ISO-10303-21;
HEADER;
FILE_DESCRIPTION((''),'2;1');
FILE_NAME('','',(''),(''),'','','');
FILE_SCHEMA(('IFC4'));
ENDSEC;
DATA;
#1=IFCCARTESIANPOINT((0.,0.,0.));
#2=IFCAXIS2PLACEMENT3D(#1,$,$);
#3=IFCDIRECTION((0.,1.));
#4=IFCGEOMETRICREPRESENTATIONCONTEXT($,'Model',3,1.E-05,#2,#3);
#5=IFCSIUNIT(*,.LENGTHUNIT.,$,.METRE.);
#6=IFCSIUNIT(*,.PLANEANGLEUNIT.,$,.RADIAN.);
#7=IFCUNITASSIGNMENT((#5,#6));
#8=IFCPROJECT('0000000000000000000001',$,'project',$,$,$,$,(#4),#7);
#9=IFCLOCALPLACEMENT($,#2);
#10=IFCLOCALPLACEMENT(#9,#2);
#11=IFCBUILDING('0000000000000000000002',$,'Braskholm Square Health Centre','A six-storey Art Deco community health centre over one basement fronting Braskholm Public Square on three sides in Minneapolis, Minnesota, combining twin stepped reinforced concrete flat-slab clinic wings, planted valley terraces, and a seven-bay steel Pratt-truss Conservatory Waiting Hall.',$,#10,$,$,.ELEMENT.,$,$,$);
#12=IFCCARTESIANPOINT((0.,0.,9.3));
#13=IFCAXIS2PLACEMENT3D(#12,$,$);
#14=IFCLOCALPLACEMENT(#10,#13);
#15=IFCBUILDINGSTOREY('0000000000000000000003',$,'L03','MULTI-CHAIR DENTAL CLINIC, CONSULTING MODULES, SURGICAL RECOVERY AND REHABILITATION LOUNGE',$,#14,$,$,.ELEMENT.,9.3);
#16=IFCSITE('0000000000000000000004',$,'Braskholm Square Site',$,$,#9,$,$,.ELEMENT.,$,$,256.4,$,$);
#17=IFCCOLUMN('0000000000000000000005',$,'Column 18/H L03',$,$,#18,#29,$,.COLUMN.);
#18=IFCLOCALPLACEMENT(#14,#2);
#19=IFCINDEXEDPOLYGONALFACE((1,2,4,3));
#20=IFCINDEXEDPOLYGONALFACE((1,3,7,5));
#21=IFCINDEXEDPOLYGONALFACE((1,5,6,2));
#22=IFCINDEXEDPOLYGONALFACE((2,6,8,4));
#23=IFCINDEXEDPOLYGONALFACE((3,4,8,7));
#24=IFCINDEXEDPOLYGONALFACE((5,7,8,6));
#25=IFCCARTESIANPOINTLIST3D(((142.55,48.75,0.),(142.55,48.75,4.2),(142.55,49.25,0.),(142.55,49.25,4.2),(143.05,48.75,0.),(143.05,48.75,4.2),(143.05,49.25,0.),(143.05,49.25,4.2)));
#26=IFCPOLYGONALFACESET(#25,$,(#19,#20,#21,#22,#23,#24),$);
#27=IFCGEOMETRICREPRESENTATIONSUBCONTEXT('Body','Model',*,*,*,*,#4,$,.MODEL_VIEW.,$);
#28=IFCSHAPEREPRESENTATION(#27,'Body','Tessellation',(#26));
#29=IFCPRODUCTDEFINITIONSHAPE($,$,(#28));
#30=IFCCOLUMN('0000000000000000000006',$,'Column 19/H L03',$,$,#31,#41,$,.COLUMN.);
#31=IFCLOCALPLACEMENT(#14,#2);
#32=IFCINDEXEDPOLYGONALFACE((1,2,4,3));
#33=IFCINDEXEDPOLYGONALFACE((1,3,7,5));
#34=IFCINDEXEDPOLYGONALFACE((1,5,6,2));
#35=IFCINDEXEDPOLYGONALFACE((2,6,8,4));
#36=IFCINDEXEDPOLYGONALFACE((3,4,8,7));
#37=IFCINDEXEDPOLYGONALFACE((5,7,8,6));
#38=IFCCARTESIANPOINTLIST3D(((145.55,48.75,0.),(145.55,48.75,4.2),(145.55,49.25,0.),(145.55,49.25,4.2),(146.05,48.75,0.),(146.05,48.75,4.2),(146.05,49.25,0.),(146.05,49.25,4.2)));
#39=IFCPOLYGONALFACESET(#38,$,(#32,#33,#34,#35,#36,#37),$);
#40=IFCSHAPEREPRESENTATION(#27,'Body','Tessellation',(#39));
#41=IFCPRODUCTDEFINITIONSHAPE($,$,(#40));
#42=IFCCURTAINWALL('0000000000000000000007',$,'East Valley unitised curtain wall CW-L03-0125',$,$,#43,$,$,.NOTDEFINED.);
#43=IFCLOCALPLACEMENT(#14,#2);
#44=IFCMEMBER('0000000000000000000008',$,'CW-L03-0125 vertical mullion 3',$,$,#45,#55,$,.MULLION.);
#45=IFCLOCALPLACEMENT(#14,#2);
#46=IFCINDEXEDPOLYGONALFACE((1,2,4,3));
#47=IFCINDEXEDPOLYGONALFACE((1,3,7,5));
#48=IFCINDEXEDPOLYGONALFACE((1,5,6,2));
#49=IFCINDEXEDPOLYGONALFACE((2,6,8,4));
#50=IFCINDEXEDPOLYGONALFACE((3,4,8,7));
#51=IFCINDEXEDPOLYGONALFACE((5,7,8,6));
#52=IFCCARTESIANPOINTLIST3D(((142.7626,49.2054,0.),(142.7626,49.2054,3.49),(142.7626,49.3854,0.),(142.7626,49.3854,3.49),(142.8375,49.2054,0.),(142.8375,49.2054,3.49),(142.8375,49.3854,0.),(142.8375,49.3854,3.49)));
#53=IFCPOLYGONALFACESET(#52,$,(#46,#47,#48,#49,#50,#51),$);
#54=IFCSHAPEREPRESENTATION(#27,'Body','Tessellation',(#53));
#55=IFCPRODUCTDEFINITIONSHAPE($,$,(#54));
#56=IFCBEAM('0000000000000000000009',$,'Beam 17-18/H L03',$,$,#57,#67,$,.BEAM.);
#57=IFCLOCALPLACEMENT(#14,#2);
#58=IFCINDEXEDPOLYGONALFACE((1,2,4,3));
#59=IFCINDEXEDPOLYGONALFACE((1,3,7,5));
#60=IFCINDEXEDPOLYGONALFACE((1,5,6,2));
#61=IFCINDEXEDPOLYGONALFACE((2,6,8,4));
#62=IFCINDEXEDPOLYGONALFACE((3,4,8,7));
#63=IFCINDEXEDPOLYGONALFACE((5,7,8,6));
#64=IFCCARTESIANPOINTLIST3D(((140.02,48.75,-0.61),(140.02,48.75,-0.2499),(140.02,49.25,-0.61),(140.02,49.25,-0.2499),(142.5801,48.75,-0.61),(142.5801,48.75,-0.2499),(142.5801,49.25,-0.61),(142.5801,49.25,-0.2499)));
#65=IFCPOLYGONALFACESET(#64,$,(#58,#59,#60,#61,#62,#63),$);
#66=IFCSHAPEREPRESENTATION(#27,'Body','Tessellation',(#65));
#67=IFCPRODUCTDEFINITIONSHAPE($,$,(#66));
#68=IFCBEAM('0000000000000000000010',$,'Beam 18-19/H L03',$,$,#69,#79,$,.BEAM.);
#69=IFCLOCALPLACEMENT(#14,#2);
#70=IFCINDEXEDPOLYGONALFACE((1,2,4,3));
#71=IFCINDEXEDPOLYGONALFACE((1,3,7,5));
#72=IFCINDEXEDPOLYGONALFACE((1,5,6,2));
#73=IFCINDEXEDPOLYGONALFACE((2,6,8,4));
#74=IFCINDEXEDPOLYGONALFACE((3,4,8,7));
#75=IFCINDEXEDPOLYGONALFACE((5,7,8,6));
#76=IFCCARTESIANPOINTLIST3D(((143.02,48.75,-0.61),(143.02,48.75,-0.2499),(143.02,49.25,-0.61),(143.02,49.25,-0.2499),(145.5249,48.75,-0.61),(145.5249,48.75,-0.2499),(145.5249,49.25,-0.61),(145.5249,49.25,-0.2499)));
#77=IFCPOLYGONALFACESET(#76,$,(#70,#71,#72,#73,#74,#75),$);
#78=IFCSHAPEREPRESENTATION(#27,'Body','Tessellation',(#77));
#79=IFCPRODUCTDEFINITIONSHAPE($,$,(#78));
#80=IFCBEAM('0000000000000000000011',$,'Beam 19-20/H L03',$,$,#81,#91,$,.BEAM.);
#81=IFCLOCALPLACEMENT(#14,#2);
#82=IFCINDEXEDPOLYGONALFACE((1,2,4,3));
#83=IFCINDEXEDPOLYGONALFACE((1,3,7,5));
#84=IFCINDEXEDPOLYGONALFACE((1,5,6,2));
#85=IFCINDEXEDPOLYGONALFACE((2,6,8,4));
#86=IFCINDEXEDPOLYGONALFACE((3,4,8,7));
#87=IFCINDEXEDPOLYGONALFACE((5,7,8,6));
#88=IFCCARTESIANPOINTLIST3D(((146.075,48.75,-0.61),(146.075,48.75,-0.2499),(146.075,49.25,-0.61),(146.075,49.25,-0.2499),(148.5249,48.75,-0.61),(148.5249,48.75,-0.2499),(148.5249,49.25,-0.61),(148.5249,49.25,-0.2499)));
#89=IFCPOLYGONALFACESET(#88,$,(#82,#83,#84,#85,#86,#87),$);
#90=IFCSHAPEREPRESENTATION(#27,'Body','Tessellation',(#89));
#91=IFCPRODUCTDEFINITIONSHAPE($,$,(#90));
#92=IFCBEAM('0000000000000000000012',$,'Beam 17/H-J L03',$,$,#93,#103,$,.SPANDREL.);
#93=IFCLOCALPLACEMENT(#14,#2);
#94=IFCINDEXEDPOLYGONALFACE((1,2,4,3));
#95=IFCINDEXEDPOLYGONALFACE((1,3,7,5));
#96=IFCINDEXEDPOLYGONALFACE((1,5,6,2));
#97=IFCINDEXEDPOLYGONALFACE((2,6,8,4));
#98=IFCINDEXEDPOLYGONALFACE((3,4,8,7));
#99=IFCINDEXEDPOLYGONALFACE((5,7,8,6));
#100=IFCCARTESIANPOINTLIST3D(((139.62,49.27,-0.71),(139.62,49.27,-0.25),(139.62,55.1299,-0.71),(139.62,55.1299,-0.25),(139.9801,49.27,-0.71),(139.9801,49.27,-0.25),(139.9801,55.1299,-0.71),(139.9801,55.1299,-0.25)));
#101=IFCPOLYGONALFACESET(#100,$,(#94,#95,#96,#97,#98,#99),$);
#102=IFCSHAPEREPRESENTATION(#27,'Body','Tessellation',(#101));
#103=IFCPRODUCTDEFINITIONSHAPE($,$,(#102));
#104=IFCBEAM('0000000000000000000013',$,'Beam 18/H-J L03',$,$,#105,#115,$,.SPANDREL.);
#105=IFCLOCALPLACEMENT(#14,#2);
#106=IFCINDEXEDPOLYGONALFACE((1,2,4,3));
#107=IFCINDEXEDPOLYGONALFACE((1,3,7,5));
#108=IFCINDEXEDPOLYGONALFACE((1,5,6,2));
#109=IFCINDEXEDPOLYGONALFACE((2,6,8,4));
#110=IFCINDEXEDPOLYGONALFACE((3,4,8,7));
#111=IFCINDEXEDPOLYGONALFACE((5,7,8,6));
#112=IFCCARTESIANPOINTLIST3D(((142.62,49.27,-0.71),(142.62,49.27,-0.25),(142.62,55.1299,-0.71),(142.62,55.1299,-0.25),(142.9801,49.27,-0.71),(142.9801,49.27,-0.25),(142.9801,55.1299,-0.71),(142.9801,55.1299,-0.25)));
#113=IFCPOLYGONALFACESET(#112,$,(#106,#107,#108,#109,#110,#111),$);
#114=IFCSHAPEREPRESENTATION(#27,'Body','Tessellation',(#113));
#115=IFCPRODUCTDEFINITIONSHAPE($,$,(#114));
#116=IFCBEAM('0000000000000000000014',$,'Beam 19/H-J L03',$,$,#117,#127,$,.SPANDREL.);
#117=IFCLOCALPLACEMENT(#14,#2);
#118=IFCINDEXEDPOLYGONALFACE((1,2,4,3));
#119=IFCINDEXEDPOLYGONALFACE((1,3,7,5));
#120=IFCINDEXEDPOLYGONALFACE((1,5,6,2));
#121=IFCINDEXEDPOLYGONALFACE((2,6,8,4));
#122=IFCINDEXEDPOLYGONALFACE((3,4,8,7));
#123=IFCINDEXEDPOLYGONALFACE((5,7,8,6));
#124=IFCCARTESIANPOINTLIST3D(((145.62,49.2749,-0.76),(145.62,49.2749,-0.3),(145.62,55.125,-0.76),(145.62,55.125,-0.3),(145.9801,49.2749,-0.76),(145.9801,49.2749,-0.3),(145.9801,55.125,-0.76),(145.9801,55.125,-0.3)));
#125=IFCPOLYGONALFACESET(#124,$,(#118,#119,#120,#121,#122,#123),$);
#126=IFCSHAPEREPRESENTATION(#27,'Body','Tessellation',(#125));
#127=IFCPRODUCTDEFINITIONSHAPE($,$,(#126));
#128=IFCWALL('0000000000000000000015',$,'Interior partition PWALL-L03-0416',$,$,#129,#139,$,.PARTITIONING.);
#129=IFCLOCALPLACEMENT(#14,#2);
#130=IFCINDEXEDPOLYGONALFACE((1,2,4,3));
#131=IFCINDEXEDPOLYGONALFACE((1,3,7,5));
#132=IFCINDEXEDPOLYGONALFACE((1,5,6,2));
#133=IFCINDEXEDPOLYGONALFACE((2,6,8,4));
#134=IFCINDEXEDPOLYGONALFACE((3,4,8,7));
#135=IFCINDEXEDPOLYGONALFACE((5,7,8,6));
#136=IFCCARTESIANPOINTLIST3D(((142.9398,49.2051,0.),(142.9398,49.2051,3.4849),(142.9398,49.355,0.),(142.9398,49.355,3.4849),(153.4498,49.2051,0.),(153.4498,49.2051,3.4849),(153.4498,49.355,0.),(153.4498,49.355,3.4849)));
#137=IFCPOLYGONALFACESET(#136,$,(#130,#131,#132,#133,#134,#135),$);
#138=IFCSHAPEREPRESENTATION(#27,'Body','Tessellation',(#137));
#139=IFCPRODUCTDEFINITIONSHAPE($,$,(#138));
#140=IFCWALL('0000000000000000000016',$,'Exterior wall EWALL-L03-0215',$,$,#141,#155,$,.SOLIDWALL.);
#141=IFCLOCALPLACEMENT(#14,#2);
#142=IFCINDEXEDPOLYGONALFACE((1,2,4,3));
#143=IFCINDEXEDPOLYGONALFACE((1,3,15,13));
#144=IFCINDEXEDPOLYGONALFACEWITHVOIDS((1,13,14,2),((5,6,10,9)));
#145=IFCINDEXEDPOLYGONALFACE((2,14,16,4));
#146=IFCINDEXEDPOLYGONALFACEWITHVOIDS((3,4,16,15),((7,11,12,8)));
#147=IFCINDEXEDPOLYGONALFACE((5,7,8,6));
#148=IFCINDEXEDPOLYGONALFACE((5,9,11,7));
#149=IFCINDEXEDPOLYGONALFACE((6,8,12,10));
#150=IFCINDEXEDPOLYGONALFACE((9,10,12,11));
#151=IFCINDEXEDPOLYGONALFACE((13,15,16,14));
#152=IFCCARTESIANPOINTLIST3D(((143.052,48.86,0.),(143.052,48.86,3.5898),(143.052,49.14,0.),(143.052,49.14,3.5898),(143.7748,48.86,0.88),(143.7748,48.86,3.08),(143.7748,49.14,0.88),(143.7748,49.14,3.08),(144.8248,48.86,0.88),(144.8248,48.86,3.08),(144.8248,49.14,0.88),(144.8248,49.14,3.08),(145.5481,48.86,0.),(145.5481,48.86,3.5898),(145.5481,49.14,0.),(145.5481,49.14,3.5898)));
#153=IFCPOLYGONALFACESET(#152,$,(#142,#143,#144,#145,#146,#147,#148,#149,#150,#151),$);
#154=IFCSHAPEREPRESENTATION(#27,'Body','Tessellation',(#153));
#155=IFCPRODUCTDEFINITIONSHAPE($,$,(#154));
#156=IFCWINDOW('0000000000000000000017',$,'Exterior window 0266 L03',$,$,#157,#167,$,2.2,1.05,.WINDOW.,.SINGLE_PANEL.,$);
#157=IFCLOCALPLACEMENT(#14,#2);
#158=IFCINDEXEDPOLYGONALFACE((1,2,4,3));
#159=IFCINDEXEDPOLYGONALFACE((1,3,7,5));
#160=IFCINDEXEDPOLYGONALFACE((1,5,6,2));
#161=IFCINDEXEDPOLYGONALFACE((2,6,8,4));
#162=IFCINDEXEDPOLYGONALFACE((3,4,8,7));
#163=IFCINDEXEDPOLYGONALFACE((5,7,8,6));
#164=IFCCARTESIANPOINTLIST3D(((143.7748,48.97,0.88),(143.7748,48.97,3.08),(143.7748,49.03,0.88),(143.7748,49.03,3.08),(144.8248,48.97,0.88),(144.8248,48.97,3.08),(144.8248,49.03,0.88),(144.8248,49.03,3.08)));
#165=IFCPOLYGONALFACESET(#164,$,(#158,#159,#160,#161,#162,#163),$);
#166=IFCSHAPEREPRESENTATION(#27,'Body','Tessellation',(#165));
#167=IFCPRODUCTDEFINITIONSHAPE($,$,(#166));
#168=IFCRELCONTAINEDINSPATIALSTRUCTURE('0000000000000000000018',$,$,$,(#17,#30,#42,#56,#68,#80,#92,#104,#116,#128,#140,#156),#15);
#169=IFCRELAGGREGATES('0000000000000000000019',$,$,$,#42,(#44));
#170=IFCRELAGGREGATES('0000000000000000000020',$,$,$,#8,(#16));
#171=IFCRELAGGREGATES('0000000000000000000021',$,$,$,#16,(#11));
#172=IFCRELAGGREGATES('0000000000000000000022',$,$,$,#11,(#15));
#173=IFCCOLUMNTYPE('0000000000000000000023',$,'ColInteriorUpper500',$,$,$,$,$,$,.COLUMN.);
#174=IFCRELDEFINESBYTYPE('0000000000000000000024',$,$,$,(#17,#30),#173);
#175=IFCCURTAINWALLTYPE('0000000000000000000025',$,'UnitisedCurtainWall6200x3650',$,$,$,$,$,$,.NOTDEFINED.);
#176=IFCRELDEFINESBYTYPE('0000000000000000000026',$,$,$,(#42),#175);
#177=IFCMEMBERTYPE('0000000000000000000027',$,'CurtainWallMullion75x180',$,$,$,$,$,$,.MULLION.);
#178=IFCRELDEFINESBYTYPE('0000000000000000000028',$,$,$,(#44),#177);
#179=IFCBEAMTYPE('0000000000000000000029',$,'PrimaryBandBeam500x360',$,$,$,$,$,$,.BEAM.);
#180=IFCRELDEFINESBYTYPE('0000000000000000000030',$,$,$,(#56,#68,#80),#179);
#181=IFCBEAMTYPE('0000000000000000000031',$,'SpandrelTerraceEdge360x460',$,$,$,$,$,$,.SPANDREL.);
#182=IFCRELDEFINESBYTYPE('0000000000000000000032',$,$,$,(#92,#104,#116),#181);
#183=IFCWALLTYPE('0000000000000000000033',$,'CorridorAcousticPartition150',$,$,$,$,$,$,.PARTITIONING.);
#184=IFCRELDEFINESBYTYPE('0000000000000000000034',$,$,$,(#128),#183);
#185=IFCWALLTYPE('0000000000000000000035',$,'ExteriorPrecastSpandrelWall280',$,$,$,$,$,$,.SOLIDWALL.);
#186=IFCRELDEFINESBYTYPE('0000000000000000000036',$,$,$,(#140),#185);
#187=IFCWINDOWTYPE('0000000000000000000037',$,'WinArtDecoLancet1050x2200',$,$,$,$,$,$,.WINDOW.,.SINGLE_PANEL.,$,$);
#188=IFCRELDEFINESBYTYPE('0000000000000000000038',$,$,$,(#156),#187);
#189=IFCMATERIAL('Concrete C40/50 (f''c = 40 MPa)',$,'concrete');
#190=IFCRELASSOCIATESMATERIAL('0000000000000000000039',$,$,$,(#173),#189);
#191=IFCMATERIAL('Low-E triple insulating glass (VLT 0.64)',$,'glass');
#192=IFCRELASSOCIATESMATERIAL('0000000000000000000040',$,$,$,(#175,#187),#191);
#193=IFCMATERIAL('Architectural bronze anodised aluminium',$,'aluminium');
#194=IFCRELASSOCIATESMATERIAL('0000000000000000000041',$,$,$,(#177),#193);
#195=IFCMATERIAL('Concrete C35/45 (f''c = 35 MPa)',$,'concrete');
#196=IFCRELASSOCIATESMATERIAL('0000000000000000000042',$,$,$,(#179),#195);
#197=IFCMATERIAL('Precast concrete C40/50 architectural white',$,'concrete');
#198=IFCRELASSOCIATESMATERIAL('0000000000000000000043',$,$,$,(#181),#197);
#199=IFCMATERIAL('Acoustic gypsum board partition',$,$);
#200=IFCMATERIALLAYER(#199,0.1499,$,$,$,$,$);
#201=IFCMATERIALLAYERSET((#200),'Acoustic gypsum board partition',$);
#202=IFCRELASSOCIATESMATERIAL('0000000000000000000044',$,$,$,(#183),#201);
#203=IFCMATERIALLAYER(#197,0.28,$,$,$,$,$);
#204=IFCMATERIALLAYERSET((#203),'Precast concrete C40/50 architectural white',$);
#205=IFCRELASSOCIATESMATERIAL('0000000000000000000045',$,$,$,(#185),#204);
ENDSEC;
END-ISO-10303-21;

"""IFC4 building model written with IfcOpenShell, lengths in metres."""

from ifc_helpers import new_model, si_unit, direction, frame, frame_2d, origin, origin_with_axes, origin_2d, place, context, subcontext, project, spatial, rectangle, extrude, material, layer, layer_set, material_profile, profile_set, type_object, element, fill, aggregate, save


model = new_model("IFC4")

# Units and contexts
model_context = context("Model", 3, precision=1e-05, world=origin(), true_north=direction((0.0, 1.0)))
body_context = subcontext(model_context, "Body", "Model", "MODEL_VIEW")
ifc_project = project(units=[si_unit("LENGTHUNIT", "METRE"), si_unit("PLANEANGLEUNIT", "RADIAN")], contexts=[model_context])

# Site, building, storey
site_placement = place(None, origin())
site = spatial("IfcSite", under=ifc_project, at=site_placement, Name="Braskholm Square Site", CompositionType="ELEMENT", RefElevation=256.4)
building_placement = place(site_placement, origin())
building = spatial("IfcBuilding", under=site, at=building_placement, Name="Braskholm Square Health Centre", Description="A six-storey Art Deco community health centre over one basement fronting Braskholm Public Square on three sides in Minneapolis, Minnesota, combining twin stepped reinforced concrete flat-slab clinic wings, planted valley terraces, and a seven-bay steel Pratt-truss Conservatory Waiting Hall.", CompositionType="ELEMENT")
storey_placement = place(building_placement, frame((0.0, 0.0, 9.3)))
storey = spatial("IfcBuildingStorey", under=building, at=storey_placement, Name="L03", Description="MULTI-CHAIR DENTAL CLINIC, CONSULTING MODULES, SURGICAL RECOVERY AND REHABILITATION LOUNGE", CompositionType="ELEMENT", Elevation=9.3)

# Columns
ifc_material_1 = material(Name="Concrete C40/50 (f'c = 40 MPa)", Category="concrete")
ifc_material_profile_1 = material_profile(ifc_material_1, rectangle(XDim=0.5, YDim=0.5, at=origin_2d()), Name="RC-500X500")
ifc_profile_set_1 = profile_set([ifc_material_profile_1], Name="Concrete C40/50 (f'c = 40 MPa)")
column_type = type_object("IfcColumnType", Name="ColInteriorUpper500", PredefinedType="COLUMN", material=ifc_profile_set_1)
for number, where, z_axis, x_axis, name in (
    (1, (142.8, 49.0, 0.0), (0.0, 0.0, 1.0), (1.0, 0.0, 0.0), "Column 18/H L03"),
    (2, (145.8, 49.0, 0.0), (0.0, 0.0, 1.0), (1.0, 0.0, 0.0), "Column 19/H L03"),
):
    element("IfcColumn", number, at=place(storey_placement, frame(where, z_axis=z_axis, x_axis=x_axis)), inside=storey, type_object=column_type, Name=name, PredefinedType="COLUMN", context=body_context, shape_type="SweptSolid", body=[
        extrude(rectangle(XDim=0.5, YDim=0.5, at=origin_2d()), origin(), (0.0, 0.0, 1.0), 4.2),
    ])

# Curtain wall, member
ifc_material_2 = material(Name="Low-E triple insulating glass (VLT 0.64)", Category="glass")
curtain_wall_type = type_object("IfcCurtainWallType", Name="UnitisedCurtainWall6200x3650", PredefinedType="NOTDEFINED", material=ifc_material_2)
curtain_wall_placement = place(storey_placement, origin())
curtain_wall = element("IfcCurtainWall", 3, at=curtain_wall_placement, inside=storey, type_object=curtain_wall_type, Name="East Valley unitised curtain wall CW-L03-0125", PredefinedType="NOTDEFINED")
ifc_material_3 = material(Name="Architectural bronze anodised aluminium", Category="aluminium")
ifc_material_profile_2 = material_profile(ifc_material_3, rectangle(XDim=0.075, YDim=0.1799, at=origin_2d()), Name="ALU-75X180")
ifc_profile_set_2 = profile_set([ifc_material_profile_2], Name="Architectural bronze anodised aluminium")
member_type = type_object("IfcMemberType", Name="CurtainWallMullion75x180", PredefinedType="MULLION", material=ifc_profile_set_2)
member_placement = place(storey_placement, frame((142.8, 49.2954, 0.0), z_axis=(0.0, 0.0, 1.0), x_axis=(1.0, 0.0, 0.0)))
member = element("IfcMember", 4, at=member_placement, type_object=member_type, Name="CW-L03-0125 vertical mullion 3", PredefinedType="MULLION", context=body_context, shape_type="SweptSolid", body=[
    extrude(rectangle(XDim=0.075, YDim=0.1799, at=origin_2d()), origin(), (0.0, 0.0, 1.0), 3.49),
])
aggregate(curtain_wall, [member])

# Beams
ifc_material_4 = material(Name="Concrete C35/45 (f'c = 35 MPa)", Category="concrete")
ifc_material_profile_3 = material_profile(ifc_material_4, rectangle(XDim=0.5, YDim=0.3601, at=origin_2d()), Name="RCB-500X360")
ifc_profile_set_3 = profile_set([ifc_material_profile_3], Name="Concrete C35/45 (f'c = 35 MPa)")
beam_type_1 = type_object("IfcBeamType", Name="PrimaryBandBeam500x360", PredefinedType="BEAM", material=ifc_profile_set_3)
beam_1_placement = place(storey_placement, frame((140.02, 49.0, -0.4299), z_axis=(1.0, 0.0, 0.0), x_axis=(0.0, 1.0, 0.0)))
element("IfcBeam", 5, at=beam_1_placement, inside=storey, type_object=beam_type_1, Name="Beam 17-18/H L03", PredefinedType="BEAM", context=body_context, shape_type="SweptSolid", body=[
    extrude(rectangle(XDim=0.5, YDim=0.3601, at=origin_2d()), origin(), (0.0, 0.0, 1.0), 2.5601),
])
beam_2_placement = place(storey_placement, frame((143.02, 49.0, -0.4299), z_axis=(1.0, 0.0, 0.0), x_axis=(0.0, 1.0, 0.0)))
element("IfcBeam", 6, at=beam_2_placement, inside=storey, type_object=beam_type_1, Name="Beam 18-19/H L03", PredefinedType="BEAM", context=body_context, shape_type="SweptSolid", body=[
    extrude(rectangle(XDim=0.5, YDim=0.3601, at=origin_2d()), origin(), (0.0, 0.0, 1.0), 2.5049),
])
beam_3_placement = place(storey_placement, frame((146.075, 49.0, -0.4299), z_axis=(1.0, 0.0, 0.0), x_axis=(0.0, 1.0, 0.0)))
element("IfcBeam", 7, at=beam_3_placement, inside=storey, type_object=beam_type_1, Name="Beam 19-20/H L03", PredefinedType="BEAM", context=body_context, shape_type="SweptSolid", body=[
    extrude(rectangle(XDim=0.5, YDim=0.3601, at=origin_2d()), origin(), (0.0, 0.0, 1.0), 2.45),
])
ifc_material_5 = material(Name="Precast concrete C40/50 architectural white", Category="concrete")
ifc_material_profile_4 = material_profile(ifc_material_5, rectangle(XDim=0.3601, YDim=0.46, at=origin_2d()), Name="RCB-360X460")
ifc_profile_set_4 = profile_set([ifc_material_profile_4], Name="Precast concrete C40/50 architectural white")
beam_type_2 = type_object("IfcBeamType", Name="SpandrelTerraceEdge360x460", PredefinedType="SPANDREL", material=ifc_profile_set_4)
for number, where, z_axis, x_axis, name in (
    (8, (139.8, 49.27, -0.48), (0.0, 1.0, 0.0), (-1.0, 0.0, 0.0), "Beam 17/H-J L03"),
    (9, (142.8, 49.27, -0.48), (0.0, 1.0, 0.0), (-1.0, 0.0, 0.0), "Beam 18/H-J L03"),
):
    element("IfcBeam", number, at=place(storey_placement, frame(where, z_axis=z_axis, x_axis=x_axis)), inside=storey, type_object=beam_type_2, Name=name, PredefinedType="SPANDREL", context=body_context, shape_type="SweptSolid", body=[
        extrude(rectangle(XDim=0.3601, YDim=0.46, at=origin_2d()), origin(), (0.0, 0.0, 1.0), 5.8599),
    ])
beam_4_placement = place(storey_placement, frame((145.8, 49.2749, -0.53), z_axis=(0.0, 1.0, 0.0), x_axis=(-1.0, 0.0, 0.0)))
element("IfcBeam", 10, at=beam_4_placement, inside=storey, type_object=beam_type_2, Name="Beam 19/H-J L03", PredefinedType="SPANDREL", context=body_context, shape_type="SweptSolid", body=[
    extrude(rectangle(XDim=0.3601, YDim=0.46, at=origin_2d()), origin(), (0.0, 0.0, 1.0), 5.8501),
])

# Wall
ifc_material_6 = material(Name="Acoustic gypsum board partition")
ifc_layer_1 = layer(ifc_material_6, 0.1499)
ifc_layer_set_1 = layer_set([ifc_layer_1], Name="Acoustic gypsum board partition")
wall_type_1 = type_object("IfcWallType", Name="CorridorAcousticPartition150", PredefinedType="PARTITIONING", material=ifc_layer_set_1)
wall_1_placement = place(storey_placement, frame((142.9399, 49.28, 0.0), z_axis=(0.0, 0.0, 1.0), x_axis=(1.0, 0.0, 0.0)))
element("IfcWall", 11, at=wall_1_placement, inside=storey, type_object=wall_type_1, Name="Interior partition PWALL-L03-0416", PredefinedType="PARTITIONING", context=body_context, shape_type="SweptSolid", body=[
    extrude(rectangle(XDim=10.51, YDim=0.1499, at=frame_2d((5.2549, 0.0))), origin(), (0.0, 0.0, 1.0), 3.4849),
])

# Wall, opening, window
ifc_layer_2 = layer(ifc_material_5, 0.28)
ifc_layer_set_2 = layer_set([ifc_layer_2], Name="Precast concrete C40/50 architectural white")
wall_type_2 = type_object("IfcWallType", Name="ExteriorPrecastSpandrelWall280", PredefinedType="SOLIDWALL", material=ifc_layer_set_2)
wall_2_placement = place(storey_placement, frame((143.052, 49.0, 0.0), z_axis=(0.0, 0.0, 1.0), x_axis=(1.0, 0.0, 0.0)))
wall_2 = element("IfcWall", 12, at=wall_2_placement, inside=storey, type_object=wall_type_2, Name="Exterior wall EWALL-L03-0215", PredefinedType="SOLIDWALL", context=body_context, shape_type="SweptSolid", body=[
    extrude(rectangle(XDim=2.4961, YDim=0.28, at=frame_2d((1.248, 0.0))), origin(), (0.0, 0.0, 1.0), 3.5898),
])
opening_1_placement = place(wall_2_placement, frame((0.7229, 0.0, 0.8799)))
opening_1 = element("IfcOpeningElement", 13, at=opening_1_placement, cuts=wall_2, PredefinedType="OPENING", context=body_context, shape_type="SweptSolid", body=[
    extrude(rectangle(XDim=1.05, YDim=2.2, at=frame_2d((0.5249, 1.1001))), frame((0.0, 0.1499, 0.0), z_axis=(0.0, -1.0, 0.0), x_axis=(1.0, 0.0, 0.0)), (0.0, 0.0, 1.0), 0.3),
])
window_type = type_object("IfcWindowType", Name="WinArtDecoLancet1050x2200", PartitioningType="SINGLE_PANEL", PredefinedType="WINDOW", material=ifc_material_2)
window_1_placement = place(opening_1_placement, origin_with_axes())
window_1 = element("IfcWindow", 14, at=window_1_placement, inside=storey, type_object=window_type, Name="Exterior window 0266 L03", OverallHeight=2.2, OverallWidth=1.05, PartitioningType="SINGLE_PANEL", PredefinedType="WINDOW", context=body_context, shape_type="SweptSolid", body=[
    extrude(rectangle(XDim=1.05, YDim=2.2, at=frame_2d((0.5249, 1.1001))), frame((0.0, 0.03, 0.0), z_axis=(0.0, -1.0, 0.0), x_axis=(1.0, 0.0, 0.0)), (0.0, 0.0, 1.0), 0.0601),
])
fill(opening_1, window_1)

save(model, "model.ifc")
